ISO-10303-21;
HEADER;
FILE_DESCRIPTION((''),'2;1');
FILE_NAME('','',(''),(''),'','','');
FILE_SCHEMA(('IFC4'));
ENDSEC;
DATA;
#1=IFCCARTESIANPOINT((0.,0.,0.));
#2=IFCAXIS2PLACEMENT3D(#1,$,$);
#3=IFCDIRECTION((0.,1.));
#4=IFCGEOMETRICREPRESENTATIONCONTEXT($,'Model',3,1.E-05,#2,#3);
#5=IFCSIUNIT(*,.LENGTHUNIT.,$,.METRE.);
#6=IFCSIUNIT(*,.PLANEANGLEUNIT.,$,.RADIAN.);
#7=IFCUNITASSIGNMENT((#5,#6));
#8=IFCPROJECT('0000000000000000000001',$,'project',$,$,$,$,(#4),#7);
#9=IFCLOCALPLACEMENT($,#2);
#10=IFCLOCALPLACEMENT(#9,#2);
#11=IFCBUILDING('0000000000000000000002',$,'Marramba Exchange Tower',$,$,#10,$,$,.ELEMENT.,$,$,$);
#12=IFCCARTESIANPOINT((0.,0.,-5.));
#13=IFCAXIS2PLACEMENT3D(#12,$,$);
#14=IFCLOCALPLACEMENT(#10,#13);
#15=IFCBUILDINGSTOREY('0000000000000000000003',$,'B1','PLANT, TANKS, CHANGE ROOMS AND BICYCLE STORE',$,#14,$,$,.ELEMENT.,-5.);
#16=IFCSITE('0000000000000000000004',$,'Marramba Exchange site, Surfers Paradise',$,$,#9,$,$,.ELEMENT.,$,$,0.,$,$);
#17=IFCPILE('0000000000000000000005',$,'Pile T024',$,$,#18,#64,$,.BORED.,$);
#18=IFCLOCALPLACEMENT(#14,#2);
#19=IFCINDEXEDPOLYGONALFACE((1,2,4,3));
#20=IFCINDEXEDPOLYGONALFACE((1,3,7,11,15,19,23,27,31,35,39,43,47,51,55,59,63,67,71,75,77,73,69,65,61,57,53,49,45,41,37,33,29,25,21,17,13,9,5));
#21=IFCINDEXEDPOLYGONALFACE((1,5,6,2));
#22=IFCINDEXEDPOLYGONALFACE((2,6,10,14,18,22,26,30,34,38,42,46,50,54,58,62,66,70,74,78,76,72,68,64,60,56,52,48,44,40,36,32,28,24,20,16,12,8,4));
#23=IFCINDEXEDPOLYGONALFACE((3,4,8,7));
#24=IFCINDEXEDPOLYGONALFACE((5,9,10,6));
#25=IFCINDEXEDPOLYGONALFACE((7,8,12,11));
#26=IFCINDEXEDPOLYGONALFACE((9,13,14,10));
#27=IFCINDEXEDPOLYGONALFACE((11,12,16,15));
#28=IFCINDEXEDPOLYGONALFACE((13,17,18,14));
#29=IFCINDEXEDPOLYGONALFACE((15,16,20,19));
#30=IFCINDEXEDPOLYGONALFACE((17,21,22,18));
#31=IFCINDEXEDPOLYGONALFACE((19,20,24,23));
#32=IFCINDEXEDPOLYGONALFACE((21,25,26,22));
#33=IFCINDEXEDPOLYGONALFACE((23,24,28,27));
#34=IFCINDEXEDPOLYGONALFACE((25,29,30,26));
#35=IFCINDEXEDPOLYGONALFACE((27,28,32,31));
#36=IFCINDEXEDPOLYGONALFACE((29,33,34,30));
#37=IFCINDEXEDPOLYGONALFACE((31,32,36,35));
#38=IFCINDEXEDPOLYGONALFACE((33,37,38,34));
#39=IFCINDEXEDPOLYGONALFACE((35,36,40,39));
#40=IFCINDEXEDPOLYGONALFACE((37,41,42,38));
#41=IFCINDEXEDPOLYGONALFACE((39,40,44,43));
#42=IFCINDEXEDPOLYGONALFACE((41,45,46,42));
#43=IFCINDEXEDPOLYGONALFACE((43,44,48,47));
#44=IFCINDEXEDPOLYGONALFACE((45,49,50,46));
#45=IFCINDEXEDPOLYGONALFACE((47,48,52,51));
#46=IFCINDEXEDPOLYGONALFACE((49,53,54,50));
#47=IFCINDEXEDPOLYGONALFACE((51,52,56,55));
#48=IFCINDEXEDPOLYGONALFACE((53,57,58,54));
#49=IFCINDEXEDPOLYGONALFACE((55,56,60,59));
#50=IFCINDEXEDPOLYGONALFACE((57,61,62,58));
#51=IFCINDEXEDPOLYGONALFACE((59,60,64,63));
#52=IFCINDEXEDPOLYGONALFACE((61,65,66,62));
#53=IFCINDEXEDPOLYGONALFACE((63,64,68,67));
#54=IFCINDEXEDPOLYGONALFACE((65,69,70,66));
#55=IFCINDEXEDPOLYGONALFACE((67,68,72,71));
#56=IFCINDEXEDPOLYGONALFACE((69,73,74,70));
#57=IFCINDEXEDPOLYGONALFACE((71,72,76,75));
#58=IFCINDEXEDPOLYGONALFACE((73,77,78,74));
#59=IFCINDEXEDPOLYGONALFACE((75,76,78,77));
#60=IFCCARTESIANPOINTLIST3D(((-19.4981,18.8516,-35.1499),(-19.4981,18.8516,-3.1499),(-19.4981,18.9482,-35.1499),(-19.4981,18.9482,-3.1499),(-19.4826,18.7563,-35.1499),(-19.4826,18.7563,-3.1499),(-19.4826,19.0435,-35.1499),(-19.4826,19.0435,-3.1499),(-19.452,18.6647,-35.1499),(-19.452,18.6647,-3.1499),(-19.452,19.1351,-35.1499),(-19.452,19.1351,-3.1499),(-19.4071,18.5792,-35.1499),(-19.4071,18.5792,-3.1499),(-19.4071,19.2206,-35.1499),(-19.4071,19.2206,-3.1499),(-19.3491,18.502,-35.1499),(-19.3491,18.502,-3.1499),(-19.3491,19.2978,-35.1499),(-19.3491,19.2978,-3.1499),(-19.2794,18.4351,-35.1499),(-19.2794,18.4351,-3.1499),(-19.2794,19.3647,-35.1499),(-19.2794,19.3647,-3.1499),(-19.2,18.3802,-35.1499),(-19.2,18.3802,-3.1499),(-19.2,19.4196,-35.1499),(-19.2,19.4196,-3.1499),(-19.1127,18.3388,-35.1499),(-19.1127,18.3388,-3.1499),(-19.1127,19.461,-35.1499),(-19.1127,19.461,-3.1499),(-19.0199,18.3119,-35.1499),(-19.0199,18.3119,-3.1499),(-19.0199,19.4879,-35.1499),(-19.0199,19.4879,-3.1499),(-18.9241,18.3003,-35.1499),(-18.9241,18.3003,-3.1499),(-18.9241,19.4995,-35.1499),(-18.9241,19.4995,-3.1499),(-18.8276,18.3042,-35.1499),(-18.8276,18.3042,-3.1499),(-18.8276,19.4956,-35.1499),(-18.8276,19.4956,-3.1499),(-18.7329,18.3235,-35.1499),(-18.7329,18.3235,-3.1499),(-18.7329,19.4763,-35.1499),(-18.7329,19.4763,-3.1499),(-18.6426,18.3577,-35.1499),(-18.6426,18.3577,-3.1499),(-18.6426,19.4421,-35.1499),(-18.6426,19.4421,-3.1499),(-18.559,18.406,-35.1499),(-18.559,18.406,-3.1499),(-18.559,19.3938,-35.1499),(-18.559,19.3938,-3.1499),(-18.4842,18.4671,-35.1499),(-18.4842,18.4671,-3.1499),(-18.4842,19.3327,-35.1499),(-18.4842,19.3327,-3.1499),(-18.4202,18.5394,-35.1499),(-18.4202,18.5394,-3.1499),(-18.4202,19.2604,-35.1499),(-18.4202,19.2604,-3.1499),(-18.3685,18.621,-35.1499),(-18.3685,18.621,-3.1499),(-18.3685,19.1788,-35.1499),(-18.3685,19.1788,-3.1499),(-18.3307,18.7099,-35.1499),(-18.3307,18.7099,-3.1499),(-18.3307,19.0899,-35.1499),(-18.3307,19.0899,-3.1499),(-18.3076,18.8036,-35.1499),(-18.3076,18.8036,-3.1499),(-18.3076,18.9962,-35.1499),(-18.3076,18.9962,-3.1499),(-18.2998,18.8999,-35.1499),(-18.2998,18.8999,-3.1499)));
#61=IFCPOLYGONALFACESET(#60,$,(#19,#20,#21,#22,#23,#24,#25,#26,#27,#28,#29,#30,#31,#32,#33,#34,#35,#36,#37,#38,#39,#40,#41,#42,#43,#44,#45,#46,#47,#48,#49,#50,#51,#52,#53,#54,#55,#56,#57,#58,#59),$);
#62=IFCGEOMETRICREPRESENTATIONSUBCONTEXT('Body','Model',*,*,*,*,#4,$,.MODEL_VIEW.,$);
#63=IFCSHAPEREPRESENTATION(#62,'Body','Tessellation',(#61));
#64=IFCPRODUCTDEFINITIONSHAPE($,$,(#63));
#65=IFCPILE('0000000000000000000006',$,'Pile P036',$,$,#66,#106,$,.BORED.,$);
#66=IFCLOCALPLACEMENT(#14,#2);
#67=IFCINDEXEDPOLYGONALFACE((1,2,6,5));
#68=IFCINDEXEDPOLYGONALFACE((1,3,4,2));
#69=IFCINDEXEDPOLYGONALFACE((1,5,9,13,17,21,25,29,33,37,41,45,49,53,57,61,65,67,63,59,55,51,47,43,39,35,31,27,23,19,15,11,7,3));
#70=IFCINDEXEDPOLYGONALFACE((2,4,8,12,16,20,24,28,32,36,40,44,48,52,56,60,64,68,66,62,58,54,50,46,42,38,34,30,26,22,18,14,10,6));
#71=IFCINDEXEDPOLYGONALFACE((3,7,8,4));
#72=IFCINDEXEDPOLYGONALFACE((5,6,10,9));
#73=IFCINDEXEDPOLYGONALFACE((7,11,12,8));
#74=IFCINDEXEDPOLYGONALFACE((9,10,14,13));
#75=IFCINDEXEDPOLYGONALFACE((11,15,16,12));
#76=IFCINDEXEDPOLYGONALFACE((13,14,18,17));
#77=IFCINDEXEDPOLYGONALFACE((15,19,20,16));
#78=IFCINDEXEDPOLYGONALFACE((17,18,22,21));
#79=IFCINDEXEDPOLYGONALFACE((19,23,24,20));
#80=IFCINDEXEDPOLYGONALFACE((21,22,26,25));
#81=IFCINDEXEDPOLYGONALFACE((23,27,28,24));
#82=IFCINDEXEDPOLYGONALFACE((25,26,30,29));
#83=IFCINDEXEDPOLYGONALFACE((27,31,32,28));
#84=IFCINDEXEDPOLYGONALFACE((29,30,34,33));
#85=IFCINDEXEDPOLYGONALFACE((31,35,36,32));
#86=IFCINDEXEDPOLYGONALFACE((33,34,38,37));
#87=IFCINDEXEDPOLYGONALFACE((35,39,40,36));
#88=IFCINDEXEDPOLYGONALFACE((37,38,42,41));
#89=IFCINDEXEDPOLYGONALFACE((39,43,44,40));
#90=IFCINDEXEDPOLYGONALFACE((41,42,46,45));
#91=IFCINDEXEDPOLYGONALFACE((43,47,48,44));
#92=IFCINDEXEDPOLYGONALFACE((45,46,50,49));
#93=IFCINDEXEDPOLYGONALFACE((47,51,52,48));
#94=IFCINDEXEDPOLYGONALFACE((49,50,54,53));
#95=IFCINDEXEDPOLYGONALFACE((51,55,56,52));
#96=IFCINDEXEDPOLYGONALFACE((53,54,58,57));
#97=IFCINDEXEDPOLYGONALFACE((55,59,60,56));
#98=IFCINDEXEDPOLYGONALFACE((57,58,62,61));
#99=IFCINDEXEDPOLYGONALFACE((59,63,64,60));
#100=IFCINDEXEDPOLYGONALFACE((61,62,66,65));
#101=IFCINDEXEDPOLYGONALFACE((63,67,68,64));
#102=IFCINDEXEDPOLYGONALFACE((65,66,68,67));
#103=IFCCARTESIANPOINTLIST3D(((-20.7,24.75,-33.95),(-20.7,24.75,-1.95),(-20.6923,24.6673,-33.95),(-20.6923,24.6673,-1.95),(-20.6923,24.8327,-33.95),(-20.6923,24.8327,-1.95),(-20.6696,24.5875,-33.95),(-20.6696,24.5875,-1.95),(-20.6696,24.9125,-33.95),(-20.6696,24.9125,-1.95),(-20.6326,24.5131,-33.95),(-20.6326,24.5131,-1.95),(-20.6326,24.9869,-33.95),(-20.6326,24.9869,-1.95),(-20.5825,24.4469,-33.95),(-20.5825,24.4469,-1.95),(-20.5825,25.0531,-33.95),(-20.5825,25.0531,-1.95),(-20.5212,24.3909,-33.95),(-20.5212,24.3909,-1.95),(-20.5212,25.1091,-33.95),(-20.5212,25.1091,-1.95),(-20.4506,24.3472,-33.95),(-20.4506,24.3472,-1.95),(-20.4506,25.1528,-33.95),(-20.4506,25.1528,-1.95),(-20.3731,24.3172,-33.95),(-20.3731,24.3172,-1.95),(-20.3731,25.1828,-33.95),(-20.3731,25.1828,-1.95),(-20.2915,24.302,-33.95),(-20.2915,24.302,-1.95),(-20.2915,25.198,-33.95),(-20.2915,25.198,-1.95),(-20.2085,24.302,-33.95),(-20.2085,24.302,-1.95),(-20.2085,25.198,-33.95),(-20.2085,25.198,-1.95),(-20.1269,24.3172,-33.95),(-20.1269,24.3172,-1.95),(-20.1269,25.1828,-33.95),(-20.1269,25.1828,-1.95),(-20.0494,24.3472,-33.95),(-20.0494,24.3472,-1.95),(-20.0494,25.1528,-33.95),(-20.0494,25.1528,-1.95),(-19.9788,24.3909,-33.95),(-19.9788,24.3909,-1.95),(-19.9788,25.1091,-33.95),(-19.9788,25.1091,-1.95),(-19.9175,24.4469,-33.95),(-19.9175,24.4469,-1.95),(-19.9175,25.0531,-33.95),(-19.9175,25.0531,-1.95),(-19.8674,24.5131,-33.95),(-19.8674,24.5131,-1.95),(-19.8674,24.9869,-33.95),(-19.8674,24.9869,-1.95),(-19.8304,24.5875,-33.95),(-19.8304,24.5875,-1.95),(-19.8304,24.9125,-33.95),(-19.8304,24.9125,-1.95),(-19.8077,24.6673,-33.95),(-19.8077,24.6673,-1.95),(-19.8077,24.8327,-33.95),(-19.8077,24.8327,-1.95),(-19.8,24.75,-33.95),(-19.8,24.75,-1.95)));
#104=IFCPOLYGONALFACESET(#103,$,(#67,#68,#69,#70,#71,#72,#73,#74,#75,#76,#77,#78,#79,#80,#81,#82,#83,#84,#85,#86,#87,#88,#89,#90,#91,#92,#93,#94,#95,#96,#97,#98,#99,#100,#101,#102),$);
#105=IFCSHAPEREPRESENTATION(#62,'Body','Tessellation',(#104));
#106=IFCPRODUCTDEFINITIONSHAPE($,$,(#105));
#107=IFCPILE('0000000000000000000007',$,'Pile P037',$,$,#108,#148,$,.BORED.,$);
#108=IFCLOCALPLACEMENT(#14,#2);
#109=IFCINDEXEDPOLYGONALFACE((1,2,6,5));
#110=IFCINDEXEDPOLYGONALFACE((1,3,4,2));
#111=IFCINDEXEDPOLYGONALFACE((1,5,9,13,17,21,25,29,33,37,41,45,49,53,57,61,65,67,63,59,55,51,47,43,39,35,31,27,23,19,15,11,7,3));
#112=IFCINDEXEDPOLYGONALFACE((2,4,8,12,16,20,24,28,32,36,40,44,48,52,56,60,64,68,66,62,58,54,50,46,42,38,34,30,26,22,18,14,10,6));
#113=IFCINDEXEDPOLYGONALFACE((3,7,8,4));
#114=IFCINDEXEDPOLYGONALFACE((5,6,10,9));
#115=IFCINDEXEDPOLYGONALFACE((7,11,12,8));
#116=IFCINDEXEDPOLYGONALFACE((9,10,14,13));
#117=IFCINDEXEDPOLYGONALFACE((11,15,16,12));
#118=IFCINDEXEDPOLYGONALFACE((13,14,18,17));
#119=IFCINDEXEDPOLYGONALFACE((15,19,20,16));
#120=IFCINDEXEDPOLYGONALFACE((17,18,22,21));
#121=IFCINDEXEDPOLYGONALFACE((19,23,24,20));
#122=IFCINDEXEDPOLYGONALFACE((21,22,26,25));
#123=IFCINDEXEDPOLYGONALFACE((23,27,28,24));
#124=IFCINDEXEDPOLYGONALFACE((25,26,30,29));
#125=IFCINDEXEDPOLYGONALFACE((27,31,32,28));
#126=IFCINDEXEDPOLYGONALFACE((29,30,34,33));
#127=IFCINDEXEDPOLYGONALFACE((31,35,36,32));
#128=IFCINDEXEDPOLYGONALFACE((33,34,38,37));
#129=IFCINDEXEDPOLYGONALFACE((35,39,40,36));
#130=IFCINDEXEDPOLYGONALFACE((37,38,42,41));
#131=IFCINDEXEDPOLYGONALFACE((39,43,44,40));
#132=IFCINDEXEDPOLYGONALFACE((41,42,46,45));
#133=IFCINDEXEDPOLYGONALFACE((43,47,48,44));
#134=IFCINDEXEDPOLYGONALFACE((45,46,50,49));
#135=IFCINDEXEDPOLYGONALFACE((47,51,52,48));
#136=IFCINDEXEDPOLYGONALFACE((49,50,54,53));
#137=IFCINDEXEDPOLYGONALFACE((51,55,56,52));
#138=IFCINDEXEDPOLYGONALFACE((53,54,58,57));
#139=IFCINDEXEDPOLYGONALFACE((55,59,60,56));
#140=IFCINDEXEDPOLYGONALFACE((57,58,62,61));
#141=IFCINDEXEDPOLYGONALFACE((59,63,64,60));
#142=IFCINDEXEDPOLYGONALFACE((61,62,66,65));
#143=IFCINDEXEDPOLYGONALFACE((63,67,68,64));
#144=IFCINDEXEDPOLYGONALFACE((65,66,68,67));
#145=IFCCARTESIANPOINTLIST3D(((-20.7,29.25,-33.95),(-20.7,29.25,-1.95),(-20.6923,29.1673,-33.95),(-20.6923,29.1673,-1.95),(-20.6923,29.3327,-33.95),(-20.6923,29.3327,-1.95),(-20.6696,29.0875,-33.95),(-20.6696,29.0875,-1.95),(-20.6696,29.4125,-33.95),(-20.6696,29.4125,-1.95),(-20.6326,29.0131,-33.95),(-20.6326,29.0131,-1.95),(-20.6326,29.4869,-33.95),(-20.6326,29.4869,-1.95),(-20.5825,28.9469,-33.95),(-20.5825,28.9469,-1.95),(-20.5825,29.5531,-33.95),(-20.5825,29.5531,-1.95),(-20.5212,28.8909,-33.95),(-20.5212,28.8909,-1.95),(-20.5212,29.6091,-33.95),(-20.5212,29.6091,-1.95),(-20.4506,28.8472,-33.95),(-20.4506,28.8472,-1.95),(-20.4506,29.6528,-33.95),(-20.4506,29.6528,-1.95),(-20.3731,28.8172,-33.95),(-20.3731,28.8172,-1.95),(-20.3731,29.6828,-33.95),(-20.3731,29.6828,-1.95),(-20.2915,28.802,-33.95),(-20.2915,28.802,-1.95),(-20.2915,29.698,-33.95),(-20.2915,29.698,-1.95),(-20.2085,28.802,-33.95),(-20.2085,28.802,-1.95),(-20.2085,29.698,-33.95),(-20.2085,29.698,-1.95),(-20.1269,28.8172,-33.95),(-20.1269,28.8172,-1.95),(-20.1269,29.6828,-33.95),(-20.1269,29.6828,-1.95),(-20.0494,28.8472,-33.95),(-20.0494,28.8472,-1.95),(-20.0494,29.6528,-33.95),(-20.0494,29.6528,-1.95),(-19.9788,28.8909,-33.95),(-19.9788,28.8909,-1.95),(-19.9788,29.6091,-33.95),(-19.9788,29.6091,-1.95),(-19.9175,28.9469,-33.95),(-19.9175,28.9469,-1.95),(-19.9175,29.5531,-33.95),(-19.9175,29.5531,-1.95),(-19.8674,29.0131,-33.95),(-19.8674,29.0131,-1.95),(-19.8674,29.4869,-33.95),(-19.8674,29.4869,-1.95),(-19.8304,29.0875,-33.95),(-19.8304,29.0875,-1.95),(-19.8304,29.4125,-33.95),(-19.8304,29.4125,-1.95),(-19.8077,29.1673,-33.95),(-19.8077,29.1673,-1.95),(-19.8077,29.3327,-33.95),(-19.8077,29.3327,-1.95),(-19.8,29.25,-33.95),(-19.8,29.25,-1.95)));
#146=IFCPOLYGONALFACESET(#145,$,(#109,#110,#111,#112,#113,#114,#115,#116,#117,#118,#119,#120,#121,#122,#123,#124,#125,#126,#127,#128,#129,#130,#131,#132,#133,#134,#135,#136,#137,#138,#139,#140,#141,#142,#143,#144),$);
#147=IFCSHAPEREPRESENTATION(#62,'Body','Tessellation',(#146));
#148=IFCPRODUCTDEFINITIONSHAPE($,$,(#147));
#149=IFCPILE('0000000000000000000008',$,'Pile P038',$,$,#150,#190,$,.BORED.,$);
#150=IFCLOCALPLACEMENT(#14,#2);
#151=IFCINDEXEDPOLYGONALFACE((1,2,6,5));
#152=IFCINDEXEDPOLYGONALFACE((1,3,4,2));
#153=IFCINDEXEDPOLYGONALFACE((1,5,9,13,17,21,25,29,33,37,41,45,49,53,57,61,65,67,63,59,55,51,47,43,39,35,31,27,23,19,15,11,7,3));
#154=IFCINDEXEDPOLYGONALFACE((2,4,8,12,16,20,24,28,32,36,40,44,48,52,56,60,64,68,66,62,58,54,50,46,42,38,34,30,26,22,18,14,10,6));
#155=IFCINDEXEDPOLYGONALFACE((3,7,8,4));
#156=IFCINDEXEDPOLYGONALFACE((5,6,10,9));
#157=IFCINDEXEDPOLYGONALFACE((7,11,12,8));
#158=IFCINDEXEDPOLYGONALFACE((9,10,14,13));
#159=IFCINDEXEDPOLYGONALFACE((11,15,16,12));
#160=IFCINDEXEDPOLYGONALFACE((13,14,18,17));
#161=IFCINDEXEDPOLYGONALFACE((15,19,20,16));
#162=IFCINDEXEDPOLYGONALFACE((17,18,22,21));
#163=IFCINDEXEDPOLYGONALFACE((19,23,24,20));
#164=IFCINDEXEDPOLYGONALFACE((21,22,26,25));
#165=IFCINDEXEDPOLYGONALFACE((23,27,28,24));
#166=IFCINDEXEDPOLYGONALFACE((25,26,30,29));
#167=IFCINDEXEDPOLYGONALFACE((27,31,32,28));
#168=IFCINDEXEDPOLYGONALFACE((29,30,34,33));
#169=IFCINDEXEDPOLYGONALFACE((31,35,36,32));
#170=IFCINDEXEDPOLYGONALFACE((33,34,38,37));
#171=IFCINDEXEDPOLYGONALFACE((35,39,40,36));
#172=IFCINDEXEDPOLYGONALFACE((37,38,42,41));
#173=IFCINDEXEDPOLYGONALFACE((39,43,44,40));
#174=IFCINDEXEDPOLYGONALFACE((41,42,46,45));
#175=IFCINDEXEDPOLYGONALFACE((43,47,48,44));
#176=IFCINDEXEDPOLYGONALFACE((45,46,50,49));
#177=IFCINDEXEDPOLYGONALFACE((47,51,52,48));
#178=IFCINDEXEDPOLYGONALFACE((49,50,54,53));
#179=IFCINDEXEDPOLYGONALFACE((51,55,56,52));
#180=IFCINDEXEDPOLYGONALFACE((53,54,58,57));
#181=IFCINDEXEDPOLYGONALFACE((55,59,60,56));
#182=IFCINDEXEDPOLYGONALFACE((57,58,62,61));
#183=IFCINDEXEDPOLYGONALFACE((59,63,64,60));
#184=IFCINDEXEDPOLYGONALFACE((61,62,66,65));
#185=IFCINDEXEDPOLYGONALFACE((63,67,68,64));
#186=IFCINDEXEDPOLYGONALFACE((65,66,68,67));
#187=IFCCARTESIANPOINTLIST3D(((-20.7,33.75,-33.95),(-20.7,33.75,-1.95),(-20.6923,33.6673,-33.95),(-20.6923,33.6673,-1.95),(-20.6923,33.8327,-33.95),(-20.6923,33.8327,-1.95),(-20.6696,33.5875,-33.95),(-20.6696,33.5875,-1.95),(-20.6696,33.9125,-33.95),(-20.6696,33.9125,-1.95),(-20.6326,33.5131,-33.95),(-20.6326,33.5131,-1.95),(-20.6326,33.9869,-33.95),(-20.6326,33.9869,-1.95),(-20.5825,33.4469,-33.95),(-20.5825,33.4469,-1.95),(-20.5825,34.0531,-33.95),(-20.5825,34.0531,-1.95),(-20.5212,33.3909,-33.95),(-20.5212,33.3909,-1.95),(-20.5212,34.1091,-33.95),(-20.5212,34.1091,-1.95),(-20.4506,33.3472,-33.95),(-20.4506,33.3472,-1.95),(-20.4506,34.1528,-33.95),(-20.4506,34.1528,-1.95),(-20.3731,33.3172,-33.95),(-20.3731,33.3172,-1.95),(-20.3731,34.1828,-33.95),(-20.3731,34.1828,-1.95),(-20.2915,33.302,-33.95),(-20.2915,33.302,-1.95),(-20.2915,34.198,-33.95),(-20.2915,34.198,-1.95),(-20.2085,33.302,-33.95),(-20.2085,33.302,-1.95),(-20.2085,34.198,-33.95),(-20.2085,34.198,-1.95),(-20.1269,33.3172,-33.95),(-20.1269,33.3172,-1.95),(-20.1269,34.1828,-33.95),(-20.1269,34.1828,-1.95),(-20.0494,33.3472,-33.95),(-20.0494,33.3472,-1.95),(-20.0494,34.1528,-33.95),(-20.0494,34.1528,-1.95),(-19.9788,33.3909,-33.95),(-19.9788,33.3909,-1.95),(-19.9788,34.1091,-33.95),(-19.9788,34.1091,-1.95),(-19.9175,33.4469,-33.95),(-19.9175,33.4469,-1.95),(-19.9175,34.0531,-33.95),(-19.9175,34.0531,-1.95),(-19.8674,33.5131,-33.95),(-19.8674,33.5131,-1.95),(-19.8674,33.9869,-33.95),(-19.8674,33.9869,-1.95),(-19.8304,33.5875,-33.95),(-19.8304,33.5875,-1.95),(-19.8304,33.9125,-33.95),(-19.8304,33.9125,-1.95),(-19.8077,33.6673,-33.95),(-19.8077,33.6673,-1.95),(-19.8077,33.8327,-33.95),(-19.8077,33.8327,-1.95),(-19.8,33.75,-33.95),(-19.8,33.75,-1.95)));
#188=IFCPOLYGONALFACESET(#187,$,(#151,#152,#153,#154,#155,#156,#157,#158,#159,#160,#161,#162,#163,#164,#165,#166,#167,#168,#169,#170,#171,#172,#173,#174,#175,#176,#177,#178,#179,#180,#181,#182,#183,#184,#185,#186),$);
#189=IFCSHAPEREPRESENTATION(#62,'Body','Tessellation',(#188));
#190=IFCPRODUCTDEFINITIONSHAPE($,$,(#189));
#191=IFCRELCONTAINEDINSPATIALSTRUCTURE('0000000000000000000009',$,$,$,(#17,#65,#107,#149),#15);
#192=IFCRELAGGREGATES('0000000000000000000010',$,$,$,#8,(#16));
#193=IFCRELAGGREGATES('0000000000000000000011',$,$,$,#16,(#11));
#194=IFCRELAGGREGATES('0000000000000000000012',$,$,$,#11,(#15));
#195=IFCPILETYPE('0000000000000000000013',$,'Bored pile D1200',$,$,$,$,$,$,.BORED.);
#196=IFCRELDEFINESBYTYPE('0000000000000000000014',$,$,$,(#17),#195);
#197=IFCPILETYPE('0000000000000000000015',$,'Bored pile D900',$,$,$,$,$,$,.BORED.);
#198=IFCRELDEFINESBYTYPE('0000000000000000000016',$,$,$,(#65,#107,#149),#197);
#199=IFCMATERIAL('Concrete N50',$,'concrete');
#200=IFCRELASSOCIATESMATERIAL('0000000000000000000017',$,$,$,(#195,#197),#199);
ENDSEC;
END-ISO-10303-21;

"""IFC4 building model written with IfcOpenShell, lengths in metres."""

from ifc_helpers import new_model, si_unit, direction, frame, origin, origin_2d, place, context, subcontext, project, spatial, circle, extrude, material, material_profile, profile_set, type_object, element, save


model = new_model("IFC4")

# Units and contexts
model_context = context("Model", 3, precision=1e-05, world=origin(), true_north=direction((0.0, 1.0)))
body_context = subcontext(model_context, "Body", "Model", "MODEL_VIEW")
ifc_project = project(units=[si_unit("LENGTHUNIT", "METRE"), si_unit("PLANEANGLEUNIT", "RADIAN")], contexts=[model_context])

# Site, building, storey
site_placement = place(None, origin())
site = spatial("IfcSite", under=ifc_project, at=site_placement, Name="Marramba Exchange site, Surfers Paradise", CompositionType="ELEMENT", RefElevation=0.0)
building_placement = place(site_placement, origin())
building = spatial("IfcBuilding", under=site, at=building_placement, Name="Marramba Exchange Tower", CompositionType="ELEMENT")
storey_placement = place(building_placement, frame((0.0, 0.0, -5.0)))
storey = spatial("IfcBuildingStorey", under=building, at=storey_placement, Name="B1", Description="PLANT, TANKS, CHANGE ROOMS AND BICYCLE STORE", CompositionType="ELEMENT", Elevation=-5.0)

# Piles
ifc_material_1 = material(Name="Concrete N50", Category="concrete")
ifc_material_profile_1 = material_profile(ifc_material_1, circle(Radius=0.6001, at=origin_2d()), Name="BP D1200")
ifc_profile_set_1 = profile_set([ifc_material_profile_1], Name="Concrete N50")
pile_type_1 = type_object("IfcPileType", Name="Bored pile D1200", PredefinedType="BORED", material=ifc_profile_set_1)
pile_placement = place(storey_placement, frame((-18.8999, 18.8999, -3.1499), z_axis=(0.0, 0.0, -1.0), x_axis=(1.0, 0.0, 0.0)))
element("IfcPile", 1, at=pile_placement, inside=storey, type_object=pile_type_1, Name="Pile T024", PredefinedType="BORED", context=body_context, shape_type="SweptSolid", body=[
    extrude(circle(Radius=0.6001, at=origin_2d()), origin(), (0.0, 0.0, 1.0), 32.0),
])
ifc_material_profile_2 = material_profile(ifc_material_1, circle(Radius=0.45, at=origin_2d()), Name="BP D900")
ifc_profile_set_2 = profile_set([ifc_material_profile_2], Name="Concrete N50")
pile_type_2 = type_object("IfcPileType", Name="Bored pile D900", PredefinedType="BORED", material=ifc_profile_set_2)
for number, where, z_axis, x_axis, name in (
    (2, (-20.25, 24.75, -1.95), (0.0, 0.0, -1.0), (1.0, 0.0, 0.0), "Pile P036"),
    (3, (-20.25, 29.25, -1.95), (0.0, 0.0, -1.0), (1.0, 0.0, 0.0), "Pile P037"),
    (4, (-20.25, 33.75, -1.95), (0.0, 0.0, -1.0), (1.0, 0.0, 0.0), "Pile P038"),
):
    element("IfcPile", number, at=place(storey_placement, frame(where, z_axis=z_axis, x_axis=x_axis)), inside=storey, type_object=pile_type_2, Name=name, PredefinedType="BORED", context=body_context, shape_type="SweptSolid", body=[
        extrude(circle(Radius=0.45, at=origin_2d()), origin(), (0.0, 0.0, 1.0), 32.0),
    ])

save(model, "model.ifc")
